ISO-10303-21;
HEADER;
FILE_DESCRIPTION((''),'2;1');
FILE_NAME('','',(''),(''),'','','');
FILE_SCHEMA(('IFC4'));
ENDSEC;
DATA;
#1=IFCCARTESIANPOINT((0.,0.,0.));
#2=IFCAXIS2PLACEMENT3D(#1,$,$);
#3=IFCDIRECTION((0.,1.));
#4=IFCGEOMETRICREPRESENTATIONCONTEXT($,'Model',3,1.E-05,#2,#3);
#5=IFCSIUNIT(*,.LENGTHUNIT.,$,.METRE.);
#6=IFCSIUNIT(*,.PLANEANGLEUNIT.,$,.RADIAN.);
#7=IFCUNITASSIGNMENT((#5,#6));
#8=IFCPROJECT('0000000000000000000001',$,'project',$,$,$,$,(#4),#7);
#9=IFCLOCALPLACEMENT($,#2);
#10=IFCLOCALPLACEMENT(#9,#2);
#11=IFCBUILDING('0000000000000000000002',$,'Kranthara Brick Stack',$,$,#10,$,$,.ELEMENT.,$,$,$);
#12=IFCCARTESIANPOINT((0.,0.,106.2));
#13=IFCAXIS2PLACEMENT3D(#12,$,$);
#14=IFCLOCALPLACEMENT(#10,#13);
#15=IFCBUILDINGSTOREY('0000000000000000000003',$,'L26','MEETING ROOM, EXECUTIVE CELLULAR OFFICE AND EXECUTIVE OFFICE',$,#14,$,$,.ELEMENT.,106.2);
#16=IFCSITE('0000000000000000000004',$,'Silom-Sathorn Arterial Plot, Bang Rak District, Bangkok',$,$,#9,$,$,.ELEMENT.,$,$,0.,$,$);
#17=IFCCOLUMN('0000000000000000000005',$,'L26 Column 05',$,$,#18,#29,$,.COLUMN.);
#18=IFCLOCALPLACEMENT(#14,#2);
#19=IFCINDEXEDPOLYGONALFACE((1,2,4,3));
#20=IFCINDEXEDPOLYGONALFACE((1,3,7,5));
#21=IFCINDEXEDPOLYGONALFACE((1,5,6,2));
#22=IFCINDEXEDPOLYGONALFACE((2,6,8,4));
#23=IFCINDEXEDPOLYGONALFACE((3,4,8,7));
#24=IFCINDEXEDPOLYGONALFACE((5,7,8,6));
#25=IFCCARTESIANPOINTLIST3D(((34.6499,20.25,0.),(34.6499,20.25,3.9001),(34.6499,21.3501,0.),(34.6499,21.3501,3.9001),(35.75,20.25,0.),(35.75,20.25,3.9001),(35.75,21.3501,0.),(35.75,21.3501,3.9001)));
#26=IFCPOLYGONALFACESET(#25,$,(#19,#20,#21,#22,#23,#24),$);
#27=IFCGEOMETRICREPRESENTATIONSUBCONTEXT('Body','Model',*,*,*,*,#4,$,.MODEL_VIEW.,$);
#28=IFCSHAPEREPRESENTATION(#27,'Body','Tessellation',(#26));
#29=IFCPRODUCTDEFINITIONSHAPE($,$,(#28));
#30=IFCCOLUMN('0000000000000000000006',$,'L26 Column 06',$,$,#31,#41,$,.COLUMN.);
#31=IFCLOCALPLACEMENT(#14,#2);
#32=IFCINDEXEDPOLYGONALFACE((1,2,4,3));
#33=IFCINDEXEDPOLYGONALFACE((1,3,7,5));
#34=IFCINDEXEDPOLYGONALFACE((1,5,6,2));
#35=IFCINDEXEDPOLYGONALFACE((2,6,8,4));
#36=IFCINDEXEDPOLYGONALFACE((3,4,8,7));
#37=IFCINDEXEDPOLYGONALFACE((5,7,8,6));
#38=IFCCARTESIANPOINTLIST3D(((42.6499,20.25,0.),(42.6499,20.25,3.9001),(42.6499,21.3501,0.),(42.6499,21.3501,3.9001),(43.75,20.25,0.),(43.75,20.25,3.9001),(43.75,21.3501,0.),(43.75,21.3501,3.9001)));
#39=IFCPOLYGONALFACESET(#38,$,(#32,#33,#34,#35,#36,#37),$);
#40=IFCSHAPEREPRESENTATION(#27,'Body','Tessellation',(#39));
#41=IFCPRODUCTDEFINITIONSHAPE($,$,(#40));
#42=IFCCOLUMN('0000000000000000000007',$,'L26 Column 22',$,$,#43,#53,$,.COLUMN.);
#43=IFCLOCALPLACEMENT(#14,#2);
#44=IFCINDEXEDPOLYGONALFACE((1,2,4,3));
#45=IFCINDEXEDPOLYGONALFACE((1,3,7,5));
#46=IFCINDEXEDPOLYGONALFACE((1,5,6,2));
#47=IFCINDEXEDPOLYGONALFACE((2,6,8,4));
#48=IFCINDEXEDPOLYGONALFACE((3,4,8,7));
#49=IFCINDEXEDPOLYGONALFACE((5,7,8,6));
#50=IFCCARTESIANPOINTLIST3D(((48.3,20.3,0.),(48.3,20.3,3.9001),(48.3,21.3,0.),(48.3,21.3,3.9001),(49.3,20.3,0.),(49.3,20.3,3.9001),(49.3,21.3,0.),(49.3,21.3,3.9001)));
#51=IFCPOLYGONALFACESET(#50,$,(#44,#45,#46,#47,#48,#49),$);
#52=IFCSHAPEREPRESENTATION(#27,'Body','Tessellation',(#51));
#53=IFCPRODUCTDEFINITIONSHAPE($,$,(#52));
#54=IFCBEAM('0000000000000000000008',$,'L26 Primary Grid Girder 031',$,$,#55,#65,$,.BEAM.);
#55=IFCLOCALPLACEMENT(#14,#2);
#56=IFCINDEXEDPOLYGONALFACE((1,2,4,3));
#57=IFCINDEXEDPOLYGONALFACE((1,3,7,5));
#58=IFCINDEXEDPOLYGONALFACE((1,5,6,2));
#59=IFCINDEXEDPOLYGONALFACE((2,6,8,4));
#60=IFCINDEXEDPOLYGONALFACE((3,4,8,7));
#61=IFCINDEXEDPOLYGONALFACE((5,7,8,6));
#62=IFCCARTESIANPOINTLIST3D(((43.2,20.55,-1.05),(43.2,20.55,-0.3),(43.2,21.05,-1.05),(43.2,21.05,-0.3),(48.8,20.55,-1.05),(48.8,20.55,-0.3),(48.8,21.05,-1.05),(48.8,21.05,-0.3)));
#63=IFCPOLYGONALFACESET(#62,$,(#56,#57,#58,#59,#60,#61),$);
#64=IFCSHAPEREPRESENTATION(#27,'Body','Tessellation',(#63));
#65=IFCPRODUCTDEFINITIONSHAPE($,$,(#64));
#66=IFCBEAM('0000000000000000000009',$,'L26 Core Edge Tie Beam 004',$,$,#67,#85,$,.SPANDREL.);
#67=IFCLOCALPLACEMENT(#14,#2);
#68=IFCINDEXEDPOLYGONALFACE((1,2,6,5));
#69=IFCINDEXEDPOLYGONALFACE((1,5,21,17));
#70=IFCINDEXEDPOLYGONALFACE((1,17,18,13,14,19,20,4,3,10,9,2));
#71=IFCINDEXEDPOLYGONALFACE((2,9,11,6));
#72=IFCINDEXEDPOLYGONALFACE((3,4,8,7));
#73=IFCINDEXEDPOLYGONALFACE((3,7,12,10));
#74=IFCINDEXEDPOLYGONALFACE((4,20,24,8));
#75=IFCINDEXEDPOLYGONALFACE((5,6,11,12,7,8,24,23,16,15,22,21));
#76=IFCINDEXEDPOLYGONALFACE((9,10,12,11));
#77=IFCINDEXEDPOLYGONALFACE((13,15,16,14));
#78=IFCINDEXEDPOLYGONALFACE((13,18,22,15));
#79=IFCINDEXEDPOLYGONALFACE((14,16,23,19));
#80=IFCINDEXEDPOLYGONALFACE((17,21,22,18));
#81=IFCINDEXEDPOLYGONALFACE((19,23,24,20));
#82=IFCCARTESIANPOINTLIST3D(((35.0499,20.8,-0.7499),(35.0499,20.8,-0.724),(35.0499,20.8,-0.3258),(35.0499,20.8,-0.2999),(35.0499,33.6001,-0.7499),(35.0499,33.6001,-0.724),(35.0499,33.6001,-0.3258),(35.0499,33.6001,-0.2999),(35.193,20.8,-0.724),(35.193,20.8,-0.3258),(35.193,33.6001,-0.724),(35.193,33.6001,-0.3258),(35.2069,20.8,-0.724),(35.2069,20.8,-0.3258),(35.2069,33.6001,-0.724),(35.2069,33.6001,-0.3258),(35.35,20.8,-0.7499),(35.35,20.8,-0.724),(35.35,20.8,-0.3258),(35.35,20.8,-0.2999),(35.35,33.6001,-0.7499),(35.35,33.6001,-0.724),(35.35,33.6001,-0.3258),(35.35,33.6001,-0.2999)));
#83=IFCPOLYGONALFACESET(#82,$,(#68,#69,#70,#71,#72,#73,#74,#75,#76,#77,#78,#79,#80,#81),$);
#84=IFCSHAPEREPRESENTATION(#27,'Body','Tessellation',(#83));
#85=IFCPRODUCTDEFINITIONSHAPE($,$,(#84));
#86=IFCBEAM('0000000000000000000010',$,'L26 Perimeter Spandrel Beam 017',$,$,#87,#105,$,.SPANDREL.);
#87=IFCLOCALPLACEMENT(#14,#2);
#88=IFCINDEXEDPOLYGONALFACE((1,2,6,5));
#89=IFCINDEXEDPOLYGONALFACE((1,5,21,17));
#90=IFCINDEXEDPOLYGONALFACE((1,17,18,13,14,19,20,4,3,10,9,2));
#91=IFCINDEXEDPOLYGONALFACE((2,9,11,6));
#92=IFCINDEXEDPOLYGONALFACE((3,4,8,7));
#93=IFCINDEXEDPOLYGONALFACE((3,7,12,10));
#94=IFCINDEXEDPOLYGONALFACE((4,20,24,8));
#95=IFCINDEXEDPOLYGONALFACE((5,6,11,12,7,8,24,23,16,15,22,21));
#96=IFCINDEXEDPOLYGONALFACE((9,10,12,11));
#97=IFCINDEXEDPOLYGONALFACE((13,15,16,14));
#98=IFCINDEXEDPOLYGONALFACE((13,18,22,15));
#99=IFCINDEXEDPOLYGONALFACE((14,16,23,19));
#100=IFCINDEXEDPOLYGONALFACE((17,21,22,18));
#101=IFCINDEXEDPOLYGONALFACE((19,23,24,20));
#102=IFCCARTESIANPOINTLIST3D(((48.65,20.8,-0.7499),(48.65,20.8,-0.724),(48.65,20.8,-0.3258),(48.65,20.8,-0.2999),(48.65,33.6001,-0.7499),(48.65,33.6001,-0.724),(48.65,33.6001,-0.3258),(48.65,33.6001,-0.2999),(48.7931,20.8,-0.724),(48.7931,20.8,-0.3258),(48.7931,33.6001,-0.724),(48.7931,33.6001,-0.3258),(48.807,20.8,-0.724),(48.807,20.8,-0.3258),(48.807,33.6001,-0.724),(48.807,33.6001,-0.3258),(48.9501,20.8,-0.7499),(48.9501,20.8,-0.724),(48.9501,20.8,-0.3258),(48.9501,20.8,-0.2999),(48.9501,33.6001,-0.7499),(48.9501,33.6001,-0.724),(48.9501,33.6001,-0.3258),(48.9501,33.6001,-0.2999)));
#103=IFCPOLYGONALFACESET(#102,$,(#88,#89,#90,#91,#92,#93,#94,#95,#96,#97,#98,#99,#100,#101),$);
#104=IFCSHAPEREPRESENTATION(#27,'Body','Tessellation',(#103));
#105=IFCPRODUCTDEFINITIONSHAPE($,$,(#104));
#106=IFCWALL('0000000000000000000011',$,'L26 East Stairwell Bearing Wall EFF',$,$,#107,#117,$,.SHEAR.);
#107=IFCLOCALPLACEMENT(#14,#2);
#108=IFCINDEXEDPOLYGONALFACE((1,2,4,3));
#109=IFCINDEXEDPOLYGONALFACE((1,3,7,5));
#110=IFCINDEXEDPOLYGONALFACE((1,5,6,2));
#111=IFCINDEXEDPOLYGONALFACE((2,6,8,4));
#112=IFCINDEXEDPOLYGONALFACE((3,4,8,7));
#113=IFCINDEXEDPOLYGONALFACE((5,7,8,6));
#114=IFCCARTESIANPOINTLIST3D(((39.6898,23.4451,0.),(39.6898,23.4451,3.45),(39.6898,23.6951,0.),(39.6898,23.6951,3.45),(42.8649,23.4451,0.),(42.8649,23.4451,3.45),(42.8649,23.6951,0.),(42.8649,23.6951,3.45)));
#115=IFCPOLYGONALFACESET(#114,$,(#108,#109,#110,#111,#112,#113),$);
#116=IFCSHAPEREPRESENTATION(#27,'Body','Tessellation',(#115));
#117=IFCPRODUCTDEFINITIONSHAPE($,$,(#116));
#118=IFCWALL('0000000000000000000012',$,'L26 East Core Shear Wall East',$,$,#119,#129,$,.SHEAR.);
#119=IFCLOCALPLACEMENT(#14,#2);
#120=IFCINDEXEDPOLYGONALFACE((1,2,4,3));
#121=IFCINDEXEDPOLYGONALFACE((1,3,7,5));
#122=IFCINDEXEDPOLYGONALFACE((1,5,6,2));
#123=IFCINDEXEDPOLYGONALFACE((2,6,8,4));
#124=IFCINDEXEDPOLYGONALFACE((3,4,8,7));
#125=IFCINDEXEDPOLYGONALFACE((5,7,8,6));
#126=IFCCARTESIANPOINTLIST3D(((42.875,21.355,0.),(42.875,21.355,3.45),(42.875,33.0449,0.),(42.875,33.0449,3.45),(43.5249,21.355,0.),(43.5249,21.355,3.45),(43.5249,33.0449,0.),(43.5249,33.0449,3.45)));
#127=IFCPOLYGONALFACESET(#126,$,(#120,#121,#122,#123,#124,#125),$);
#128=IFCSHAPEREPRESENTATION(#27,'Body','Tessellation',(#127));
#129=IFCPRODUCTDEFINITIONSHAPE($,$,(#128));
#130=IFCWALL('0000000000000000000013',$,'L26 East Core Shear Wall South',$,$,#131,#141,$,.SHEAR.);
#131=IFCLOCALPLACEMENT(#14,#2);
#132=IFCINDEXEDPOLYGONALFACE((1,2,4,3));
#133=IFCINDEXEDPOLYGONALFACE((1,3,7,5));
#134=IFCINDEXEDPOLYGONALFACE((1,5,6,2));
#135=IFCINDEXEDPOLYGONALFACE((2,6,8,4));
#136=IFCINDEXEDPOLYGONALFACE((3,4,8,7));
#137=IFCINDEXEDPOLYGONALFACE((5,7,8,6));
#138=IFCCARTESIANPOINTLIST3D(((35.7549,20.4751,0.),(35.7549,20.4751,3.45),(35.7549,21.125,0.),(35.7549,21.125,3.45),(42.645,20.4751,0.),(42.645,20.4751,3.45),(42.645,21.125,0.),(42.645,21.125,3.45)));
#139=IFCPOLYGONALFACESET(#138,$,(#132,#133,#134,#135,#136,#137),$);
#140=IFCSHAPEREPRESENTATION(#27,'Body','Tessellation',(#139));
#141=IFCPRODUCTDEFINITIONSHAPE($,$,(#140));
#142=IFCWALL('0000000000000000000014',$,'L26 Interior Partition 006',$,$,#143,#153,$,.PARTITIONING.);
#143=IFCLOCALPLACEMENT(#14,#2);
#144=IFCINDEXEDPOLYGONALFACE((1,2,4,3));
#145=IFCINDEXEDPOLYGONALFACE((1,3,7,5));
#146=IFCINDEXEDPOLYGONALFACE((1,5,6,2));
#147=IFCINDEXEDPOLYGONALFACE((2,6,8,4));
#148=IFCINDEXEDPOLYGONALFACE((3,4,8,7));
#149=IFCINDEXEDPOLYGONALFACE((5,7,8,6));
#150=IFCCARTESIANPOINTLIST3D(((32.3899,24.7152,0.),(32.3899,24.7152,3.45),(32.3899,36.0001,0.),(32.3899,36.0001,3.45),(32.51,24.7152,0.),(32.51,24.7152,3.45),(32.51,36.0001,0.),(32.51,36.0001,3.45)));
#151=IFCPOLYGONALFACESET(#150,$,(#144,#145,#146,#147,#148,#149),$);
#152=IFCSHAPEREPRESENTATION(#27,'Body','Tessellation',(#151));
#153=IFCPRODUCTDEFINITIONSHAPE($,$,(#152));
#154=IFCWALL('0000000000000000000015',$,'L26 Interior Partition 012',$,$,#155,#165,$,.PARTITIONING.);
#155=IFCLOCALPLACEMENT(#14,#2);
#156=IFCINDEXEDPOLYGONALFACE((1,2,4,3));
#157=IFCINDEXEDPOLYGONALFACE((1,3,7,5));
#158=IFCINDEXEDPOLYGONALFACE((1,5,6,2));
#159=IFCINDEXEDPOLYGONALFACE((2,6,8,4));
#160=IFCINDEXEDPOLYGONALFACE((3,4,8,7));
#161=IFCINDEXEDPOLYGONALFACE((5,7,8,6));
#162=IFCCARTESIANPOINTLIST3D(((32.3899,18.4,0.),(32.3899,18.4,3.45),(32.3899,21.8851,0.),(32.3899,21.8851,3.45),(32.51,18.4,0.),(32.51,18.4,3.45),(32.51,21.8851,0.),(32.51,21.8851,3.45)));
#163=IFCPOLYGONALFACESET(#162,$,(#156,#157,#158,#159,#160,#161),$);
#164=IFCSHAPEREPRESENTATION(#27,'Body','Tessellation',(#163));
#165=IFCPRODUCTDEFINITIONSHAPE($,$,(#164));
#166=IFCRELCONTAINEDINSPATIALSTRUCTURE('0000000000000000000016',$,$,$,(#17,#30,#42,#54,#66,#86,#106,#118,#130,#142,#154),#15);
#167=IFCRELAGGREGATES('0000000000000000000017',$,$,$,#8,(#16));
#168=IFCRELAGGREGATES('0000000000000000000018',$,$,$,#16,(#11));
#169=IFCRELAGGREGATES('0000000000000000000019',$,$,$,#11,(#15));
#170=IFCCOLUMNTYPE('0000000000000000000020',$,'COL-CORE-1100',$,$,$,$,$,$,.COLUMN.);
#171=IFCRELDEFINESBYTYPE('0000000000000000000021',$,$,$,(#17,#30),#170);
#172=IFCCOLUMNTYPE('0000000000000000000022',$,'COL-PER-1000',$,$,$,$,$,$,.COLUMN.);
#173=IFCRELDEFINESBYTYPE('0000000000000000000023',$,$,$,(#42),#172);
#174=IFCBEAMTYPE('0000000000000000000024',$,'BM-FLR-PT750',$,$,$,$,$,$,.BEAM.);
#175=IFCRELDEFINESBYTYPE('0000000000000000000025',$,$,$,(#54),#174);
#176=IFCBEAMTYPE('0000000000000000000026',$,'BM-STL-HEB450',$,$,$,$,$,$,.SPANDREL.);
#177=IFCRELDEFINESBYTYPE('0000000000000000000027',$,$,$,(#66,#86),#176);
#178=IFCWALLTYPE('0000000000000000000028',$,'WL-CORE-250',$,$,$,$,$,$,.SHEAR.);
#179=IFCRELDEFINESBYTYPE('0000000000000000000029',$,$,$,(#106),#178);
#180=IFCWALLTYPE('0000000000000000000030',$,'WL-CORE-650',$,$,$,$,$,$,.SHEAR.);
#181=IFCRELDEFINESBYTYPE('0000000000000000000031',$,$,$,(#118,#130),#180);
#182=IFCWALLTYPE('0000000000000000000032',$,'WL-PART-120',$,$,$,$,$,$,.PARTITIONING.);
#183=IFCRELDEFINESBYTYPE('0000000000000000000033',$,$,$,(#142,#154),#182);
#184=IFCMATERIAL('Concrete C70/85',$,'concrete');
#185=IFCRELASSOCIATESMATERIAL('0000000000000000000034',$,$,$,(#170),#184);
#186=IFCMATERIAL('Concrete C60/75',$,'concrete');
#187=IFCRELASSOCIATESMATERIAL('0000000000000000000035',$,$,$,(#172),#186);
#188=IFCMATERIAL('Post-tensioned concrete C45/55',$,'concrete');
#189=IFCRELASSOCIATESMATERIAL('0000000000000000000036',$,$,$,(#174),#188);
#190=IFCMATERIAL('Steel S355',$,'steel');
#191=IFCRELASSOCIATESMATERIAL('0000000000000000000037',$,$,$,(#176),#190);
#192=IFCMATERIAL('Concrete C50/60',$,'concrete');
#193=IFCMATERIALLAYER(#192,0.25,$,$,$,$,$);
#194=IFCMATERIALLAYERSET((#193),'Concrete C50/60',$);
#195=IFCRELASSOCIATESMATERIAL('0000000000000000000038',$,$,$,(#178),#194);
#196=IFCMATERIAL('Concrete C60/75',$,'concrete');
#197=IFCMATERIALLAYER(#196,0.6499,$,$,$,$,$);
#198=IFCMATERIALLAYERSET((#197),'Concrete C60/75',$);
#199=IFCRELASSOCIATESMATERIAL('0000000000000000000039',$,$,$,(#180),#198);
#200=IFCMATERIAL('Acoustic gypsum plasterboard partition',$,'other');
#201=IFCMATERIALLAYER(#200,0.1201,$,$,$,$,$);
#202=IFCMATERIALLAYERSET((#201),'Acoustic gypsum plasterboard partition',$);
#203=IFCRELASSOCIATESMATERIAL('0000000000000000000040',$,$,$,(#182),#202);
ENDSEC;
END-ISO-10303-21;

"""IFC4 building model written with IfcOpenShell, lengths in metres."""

from ifc_helpers import new_model, si_unit, direction, frame, frame_2d, origin, origin_2d, place, context, subcontext, project, spatial, rectangle, i_section, extrude, material, layer, layer_set, material_profile, profile_set, type_object, element, save


model = new_model("IFC4")

# Units and contexts
model_context = context("Model", 3, precision=1e-05, world=origin(), true_north=direction((0.0, 1.0)))
body_context = subcontext(model_context, "Body", "Model", "MODEL_VIEW")
ifc_project = project(units=[si_unit("LENGTHUNIT", "METRE"), si_unit("PLANEANGLEUNIT", "RADIAN")], contexts=[model_context])

# Site, building, storey
site_placement = place(None, origin())
site = spatial("IfcSite", under=ifc_project, at=site_placement, Name="Silom-Sathorn Arterial Plot, Bang Rak District, Bangkok", CompositionType="ELEMENT", RefElevation=0.0)
building_placement = place(site_placement, origin())
building = spatial("IfcBuilding", under=site, at=building_placement, Name="Kranthara Brick Stack", CompositionType="ELEMENT")
storey_placement = place(building_placement, frame((0.0, 0.0, 106.2)))
storey = spatial("IfcBuildingStorey", under=building, at=storey_placement, Name="L26", Description="MEETING ROOM, EXECUTIVE CELLULAR OFFICE AND EXECUTIVE OFFICE", CompositionType="ELEMENT", Elevation=106.2)

# Columns
ifc_material_1 = material(Name="Concrete C70/85", Category="concrete")
ifc_material_profile_1 = material_profile(ifc_material_1, rectangle(XDim=1.1001, YDim=1.1001, at=origin_2d()), Name="RC 1100x1100")
ifc_profile_set_1 = profile_set([ifc_material_profile_1], Name="Concrete C70/85")
column_type_1 = type_object("IfcColumnType", Name="COL-CORE-1100", PredefinedType="COLUMN", material=ifc_profile_set_1)
for number, where, z_axis, x_axis, name in (
    (1, (35.2, 20.8, 0.0), (0.0, 0.0, 1.0), (1.0, 0.0, 0.0), "L26 Column 05"),
    (2, (43.2, 20.8, 0.0), (0.0, 0.0, 1.0), (1.0, 0.0, 0.0), "L26 Column 06"),
):
    element("IfcColumn", number, at=place(storey_placement, frame(where, z_axis=z_axis, x_axis=x_axis)), inside=storey, type_object=column_type_1, Name=name, PredefinedType="COLUMN", context=body_context, shape_type="SweptSolid", body=[
        extrude(rectangle(XDim=1.1001, YDim=1.1001, at=origin_2d()), origin(), (0.0, 0.0, 1.0), 3.9001),
    ])
ifc_material_2 = material(Name="Concrete C60/75", Category="concrete")
ifc_material_profile_2 = material_profile(ifc_material_2, rectangle(XDim=1.0, YDim=1.0, at=origin_2d()), Name="RC 1000x1000")
ifc_profile_set_2 = profile_set([ifc_material_profile_2], Name="Concrete C60/75")
column_type_2 = type_object("IfcColumnType", Name="COL-PER-1000", PredefinedType="COLUMN", material=ifc_profile_set_2)
column_placement = place(storey_placement, frame((48.8, 20.8, 0.0), z_axis=(0.0, 0.0, 1.0), x_axis=(1.0, 0.0, 0.0)))
element("IfcColumn", 3, at=column_placement, inside=storey, type_object=column_type_2, Name="L26 Column 22", PredefinedType="COLUMN", context=body_context, shape_type="SweptSolid", body=[
    extrude(rectangle(XDim=1.0, YDim=1.0, at=origin_2d()), origin(), (0.0, 0.0, 1.0), 3.9001),
])

# Beams
ifc_material_3 = material(Name="Post-tensioned concrete C45/55", Category="concrete")
ifc_material_profile_3 = material_profile(ifc_material_3, rectangle(XDim=0.5, YDim=0.75, at=origin_2d()), Name="PT 500x750")
ifc_profile_set_3 = profile_set([ifc_material_profile_3], Name="Post-tensioned concrete C45/55")
beam_type_1 = type_object("IfcBeamType", Name="BM-FLR-PT750", PredefinedType="BEAM", material=ifc_profile_set_3)
beam_placement = place(storey_placement, frame((43.2, 20.8, -0.675), z_axis=(1.0, 0.0, 0.0), x_axis=(0.0, 1.0, 0.0)))
element("IfcBeam", 4, at=beam_placement, inside=storey, type_object=beam_type_1, Name="L26 Primary Grid Girder 031", PredefinedType="BEAM", context=body_context, shape_type="SweptSolid", body=[
    extrude(rectangle(XDim=0.5, YDim=0.75, at=origin_2d()), origin(), (0.0, 0.0, 1.0), 5.6001),
])
ifc_material_4 = material(Name="Steel S355", Category="steel")
ifc_material_profile_4 = material_profile(ifc_material_4, i_section(OverallWidth=0.3, OverallDepth=0.45, WebThickness=0.0139, FlangeThickness=0.0259, at=origin_2d()), Name="HEB 450")
ifc_profile_set_4 = profile_set([ifc_material_profile_4], Name="Steel S355")
beam_type_2 = type_object("IfcBeamType", Name="BM-STL-HEB450", PredefinedType="SPANDREL", material=ifc_profile_set_4)
for number, where, z_axis, x_axis, name in (
    (5, (35.2, 20.8, -0.5249), (0.0, 1.0, 0.0), (-1.0, 0.0, 0.0), "L26 Core Edge Tie Beam 004"),
    (6, (48.8, 20.8, -0.5249), (0.0, 1.0, 0.0), (-1.0, 0.0, 0.0), "L26 Perimeter Spandrel Beam 017"),
):
    element("IfcBeam", number, at=place(storey_placement, frame(where, z_axis=z_axis, x_axis=x_axis)), inside=storey, type_object=beam_type_2, Name=name, PredefinedType="SPANDREL", context=body_context, shape_type="SweptSolid", body=[
        extrude(i_section(OverallWidth=0.3, OverallDepth=0.45, WebThickness=0.0139, FlangeThickness=0.0259, at=origin_2d()), origin(), (0.0, 0.0, 1.0), 12.8),
    ])

# Shared definitions
ifc_material_5 = material(Name="Concrete C50/60", Category="concrete")
ifc_layer_1 = layer(ifc_material_5, 0.25)
ifc_layer_set_1 = layer_set([ifc_layer_1], Name="Concrete C50/60")
wall_type_1 = type_object("IfcWallType", Name="WL-CORE-250", PredefinedType="SHEAR", material=ifc_layer_set_1)

# Walls
wall_1_placement = place(storey_placement, frame((39.6899, 23.5701, 0.0), z_axis=(0.0, 0.0, 1.0), x_axis=(1.0, 0.0, 0.0)))
element("IfcWall", 7, at=wall_1_placement, inside=storey, type_object=wall_type_1, Name="L26 East Stairwell Bearing Wall EFF", PredefinedType="SHEAR", context=body_context, shape_type="SweptSolid", body=[
    extrude(rectangle(XDim=3.175, YDim=0.25, at=frame_2d((1.5874, 0.0))), origin(), (0.0, 0.0, 1.0), 3.45),
])
ifc_material_6 = material(Name="Concrete C60/75", Category="concrete")
ifc_layer_2 = layer(ifc_material_6, 0.6499)
ifc_layer_set_2 = layer_set([ifc_layer_2], Name="Concrete C60/75")
wall_type_2 = type_object("IfcWallType", Name="WL-CORE-650", PredefinedType="SHEAR", material=ifc_layer_set_2)
wall_2_placement = place(storey_placement, frame((43.2, 21.355, 0.0), z_axis=(0.0, 0.0, 1.0), x_axis=(0.0, 1.0, 0.0)))
element("IfcWall", 8, at=wall_2_placement, inside=storey, type_object=wall_type_2, Name="L26 East Core Shear Wall East", PredefinedType="SHEAR", context=body_context, shape_type="SweptSolid", body=[
    extrude(rectangle(XDim=11.6899, YDim=0.6499, at=frame_2d((5.845, 0.0))), origin(), (0.0, 0.0, 1.0), 3.45),
])
wall_3_placement = place(storey_placement, frame((35.7549, 20.8, 0.0), z_axis=(0.0, 0.0, 1.0), x_axis=(1.0, 0.0, 0.0)))
element("IfcWall", 9, at=wall_3_placement, inside=storey, type_object=wall_type_2, Name="L26 East Core Shear Wall South", PredefinedType="SHEAR", context=body_context, shape_type="SweptSolid", body=[
    extrude(rectangle(XDim=6.8901, YDim=0.6499, at=frame_2d((3.4451, 0.0))), origin(), (0.0, 0.0, 1.0), 3.45),
])

# Walls
ifc_material_7 = material(Name="Acoustic gypsum plasterboard partition", Category="other")
ifc_layer_3 = layer(ifc_material_7, 0.1201)
ifc_layer_set_3 = layer_set([ifc_layer_3], Name="Acoustic gypsum plasterboard partition")
wall_type_3 = type_object("IfcWallType", Name="WL-PART-120", PredefinedType="PARTITIONING", material=ifc_layer_set_3)
wall_4_placement = place(storey_placement, frame((32.45, 24.7151, 0.0), z_axis=(0.0, 0.0, 1.0), x_axis=(0.0, 1.0, 0.0)))
element("IfcWall", 10, at=wall_4_placement, inside=storey, type_object=wall_type_3, Name="L26 Interior Partition 006", PredefinedType="PARTITIONING", context=body_context, shape_type="SweptSolid", body=[
    extrude(rectangle(XDim=11.2849, YDim=0.1201, at=frame_2d((5.6426, 0.0))), origin(), (0.0, 0.0, 1.0), 3.45),
])
wall_5_placement = place(storey_placement, frame((32.45, 18.3999, 0.0), z_axis=(0.0, 0.0, 1.0), x_axis=(0.0, 1.0, 0.0)))
element("IfcWall", 11, at=wall_5_placement, inside=storey, type_object=wall_type_3, Name="L26 Interior Partition 012", PredefinedType="PARTITIONING", context=body_context, shape_type="SweptSolid", body=[
    extrude(rectangle(XDim=3.4851, YDim=0.1201, at=frame_2d((1.7427, 0.0))), origin(), (0.0, 0.0, 1.0), 3.45),
])

save(model, "model.ifc")
